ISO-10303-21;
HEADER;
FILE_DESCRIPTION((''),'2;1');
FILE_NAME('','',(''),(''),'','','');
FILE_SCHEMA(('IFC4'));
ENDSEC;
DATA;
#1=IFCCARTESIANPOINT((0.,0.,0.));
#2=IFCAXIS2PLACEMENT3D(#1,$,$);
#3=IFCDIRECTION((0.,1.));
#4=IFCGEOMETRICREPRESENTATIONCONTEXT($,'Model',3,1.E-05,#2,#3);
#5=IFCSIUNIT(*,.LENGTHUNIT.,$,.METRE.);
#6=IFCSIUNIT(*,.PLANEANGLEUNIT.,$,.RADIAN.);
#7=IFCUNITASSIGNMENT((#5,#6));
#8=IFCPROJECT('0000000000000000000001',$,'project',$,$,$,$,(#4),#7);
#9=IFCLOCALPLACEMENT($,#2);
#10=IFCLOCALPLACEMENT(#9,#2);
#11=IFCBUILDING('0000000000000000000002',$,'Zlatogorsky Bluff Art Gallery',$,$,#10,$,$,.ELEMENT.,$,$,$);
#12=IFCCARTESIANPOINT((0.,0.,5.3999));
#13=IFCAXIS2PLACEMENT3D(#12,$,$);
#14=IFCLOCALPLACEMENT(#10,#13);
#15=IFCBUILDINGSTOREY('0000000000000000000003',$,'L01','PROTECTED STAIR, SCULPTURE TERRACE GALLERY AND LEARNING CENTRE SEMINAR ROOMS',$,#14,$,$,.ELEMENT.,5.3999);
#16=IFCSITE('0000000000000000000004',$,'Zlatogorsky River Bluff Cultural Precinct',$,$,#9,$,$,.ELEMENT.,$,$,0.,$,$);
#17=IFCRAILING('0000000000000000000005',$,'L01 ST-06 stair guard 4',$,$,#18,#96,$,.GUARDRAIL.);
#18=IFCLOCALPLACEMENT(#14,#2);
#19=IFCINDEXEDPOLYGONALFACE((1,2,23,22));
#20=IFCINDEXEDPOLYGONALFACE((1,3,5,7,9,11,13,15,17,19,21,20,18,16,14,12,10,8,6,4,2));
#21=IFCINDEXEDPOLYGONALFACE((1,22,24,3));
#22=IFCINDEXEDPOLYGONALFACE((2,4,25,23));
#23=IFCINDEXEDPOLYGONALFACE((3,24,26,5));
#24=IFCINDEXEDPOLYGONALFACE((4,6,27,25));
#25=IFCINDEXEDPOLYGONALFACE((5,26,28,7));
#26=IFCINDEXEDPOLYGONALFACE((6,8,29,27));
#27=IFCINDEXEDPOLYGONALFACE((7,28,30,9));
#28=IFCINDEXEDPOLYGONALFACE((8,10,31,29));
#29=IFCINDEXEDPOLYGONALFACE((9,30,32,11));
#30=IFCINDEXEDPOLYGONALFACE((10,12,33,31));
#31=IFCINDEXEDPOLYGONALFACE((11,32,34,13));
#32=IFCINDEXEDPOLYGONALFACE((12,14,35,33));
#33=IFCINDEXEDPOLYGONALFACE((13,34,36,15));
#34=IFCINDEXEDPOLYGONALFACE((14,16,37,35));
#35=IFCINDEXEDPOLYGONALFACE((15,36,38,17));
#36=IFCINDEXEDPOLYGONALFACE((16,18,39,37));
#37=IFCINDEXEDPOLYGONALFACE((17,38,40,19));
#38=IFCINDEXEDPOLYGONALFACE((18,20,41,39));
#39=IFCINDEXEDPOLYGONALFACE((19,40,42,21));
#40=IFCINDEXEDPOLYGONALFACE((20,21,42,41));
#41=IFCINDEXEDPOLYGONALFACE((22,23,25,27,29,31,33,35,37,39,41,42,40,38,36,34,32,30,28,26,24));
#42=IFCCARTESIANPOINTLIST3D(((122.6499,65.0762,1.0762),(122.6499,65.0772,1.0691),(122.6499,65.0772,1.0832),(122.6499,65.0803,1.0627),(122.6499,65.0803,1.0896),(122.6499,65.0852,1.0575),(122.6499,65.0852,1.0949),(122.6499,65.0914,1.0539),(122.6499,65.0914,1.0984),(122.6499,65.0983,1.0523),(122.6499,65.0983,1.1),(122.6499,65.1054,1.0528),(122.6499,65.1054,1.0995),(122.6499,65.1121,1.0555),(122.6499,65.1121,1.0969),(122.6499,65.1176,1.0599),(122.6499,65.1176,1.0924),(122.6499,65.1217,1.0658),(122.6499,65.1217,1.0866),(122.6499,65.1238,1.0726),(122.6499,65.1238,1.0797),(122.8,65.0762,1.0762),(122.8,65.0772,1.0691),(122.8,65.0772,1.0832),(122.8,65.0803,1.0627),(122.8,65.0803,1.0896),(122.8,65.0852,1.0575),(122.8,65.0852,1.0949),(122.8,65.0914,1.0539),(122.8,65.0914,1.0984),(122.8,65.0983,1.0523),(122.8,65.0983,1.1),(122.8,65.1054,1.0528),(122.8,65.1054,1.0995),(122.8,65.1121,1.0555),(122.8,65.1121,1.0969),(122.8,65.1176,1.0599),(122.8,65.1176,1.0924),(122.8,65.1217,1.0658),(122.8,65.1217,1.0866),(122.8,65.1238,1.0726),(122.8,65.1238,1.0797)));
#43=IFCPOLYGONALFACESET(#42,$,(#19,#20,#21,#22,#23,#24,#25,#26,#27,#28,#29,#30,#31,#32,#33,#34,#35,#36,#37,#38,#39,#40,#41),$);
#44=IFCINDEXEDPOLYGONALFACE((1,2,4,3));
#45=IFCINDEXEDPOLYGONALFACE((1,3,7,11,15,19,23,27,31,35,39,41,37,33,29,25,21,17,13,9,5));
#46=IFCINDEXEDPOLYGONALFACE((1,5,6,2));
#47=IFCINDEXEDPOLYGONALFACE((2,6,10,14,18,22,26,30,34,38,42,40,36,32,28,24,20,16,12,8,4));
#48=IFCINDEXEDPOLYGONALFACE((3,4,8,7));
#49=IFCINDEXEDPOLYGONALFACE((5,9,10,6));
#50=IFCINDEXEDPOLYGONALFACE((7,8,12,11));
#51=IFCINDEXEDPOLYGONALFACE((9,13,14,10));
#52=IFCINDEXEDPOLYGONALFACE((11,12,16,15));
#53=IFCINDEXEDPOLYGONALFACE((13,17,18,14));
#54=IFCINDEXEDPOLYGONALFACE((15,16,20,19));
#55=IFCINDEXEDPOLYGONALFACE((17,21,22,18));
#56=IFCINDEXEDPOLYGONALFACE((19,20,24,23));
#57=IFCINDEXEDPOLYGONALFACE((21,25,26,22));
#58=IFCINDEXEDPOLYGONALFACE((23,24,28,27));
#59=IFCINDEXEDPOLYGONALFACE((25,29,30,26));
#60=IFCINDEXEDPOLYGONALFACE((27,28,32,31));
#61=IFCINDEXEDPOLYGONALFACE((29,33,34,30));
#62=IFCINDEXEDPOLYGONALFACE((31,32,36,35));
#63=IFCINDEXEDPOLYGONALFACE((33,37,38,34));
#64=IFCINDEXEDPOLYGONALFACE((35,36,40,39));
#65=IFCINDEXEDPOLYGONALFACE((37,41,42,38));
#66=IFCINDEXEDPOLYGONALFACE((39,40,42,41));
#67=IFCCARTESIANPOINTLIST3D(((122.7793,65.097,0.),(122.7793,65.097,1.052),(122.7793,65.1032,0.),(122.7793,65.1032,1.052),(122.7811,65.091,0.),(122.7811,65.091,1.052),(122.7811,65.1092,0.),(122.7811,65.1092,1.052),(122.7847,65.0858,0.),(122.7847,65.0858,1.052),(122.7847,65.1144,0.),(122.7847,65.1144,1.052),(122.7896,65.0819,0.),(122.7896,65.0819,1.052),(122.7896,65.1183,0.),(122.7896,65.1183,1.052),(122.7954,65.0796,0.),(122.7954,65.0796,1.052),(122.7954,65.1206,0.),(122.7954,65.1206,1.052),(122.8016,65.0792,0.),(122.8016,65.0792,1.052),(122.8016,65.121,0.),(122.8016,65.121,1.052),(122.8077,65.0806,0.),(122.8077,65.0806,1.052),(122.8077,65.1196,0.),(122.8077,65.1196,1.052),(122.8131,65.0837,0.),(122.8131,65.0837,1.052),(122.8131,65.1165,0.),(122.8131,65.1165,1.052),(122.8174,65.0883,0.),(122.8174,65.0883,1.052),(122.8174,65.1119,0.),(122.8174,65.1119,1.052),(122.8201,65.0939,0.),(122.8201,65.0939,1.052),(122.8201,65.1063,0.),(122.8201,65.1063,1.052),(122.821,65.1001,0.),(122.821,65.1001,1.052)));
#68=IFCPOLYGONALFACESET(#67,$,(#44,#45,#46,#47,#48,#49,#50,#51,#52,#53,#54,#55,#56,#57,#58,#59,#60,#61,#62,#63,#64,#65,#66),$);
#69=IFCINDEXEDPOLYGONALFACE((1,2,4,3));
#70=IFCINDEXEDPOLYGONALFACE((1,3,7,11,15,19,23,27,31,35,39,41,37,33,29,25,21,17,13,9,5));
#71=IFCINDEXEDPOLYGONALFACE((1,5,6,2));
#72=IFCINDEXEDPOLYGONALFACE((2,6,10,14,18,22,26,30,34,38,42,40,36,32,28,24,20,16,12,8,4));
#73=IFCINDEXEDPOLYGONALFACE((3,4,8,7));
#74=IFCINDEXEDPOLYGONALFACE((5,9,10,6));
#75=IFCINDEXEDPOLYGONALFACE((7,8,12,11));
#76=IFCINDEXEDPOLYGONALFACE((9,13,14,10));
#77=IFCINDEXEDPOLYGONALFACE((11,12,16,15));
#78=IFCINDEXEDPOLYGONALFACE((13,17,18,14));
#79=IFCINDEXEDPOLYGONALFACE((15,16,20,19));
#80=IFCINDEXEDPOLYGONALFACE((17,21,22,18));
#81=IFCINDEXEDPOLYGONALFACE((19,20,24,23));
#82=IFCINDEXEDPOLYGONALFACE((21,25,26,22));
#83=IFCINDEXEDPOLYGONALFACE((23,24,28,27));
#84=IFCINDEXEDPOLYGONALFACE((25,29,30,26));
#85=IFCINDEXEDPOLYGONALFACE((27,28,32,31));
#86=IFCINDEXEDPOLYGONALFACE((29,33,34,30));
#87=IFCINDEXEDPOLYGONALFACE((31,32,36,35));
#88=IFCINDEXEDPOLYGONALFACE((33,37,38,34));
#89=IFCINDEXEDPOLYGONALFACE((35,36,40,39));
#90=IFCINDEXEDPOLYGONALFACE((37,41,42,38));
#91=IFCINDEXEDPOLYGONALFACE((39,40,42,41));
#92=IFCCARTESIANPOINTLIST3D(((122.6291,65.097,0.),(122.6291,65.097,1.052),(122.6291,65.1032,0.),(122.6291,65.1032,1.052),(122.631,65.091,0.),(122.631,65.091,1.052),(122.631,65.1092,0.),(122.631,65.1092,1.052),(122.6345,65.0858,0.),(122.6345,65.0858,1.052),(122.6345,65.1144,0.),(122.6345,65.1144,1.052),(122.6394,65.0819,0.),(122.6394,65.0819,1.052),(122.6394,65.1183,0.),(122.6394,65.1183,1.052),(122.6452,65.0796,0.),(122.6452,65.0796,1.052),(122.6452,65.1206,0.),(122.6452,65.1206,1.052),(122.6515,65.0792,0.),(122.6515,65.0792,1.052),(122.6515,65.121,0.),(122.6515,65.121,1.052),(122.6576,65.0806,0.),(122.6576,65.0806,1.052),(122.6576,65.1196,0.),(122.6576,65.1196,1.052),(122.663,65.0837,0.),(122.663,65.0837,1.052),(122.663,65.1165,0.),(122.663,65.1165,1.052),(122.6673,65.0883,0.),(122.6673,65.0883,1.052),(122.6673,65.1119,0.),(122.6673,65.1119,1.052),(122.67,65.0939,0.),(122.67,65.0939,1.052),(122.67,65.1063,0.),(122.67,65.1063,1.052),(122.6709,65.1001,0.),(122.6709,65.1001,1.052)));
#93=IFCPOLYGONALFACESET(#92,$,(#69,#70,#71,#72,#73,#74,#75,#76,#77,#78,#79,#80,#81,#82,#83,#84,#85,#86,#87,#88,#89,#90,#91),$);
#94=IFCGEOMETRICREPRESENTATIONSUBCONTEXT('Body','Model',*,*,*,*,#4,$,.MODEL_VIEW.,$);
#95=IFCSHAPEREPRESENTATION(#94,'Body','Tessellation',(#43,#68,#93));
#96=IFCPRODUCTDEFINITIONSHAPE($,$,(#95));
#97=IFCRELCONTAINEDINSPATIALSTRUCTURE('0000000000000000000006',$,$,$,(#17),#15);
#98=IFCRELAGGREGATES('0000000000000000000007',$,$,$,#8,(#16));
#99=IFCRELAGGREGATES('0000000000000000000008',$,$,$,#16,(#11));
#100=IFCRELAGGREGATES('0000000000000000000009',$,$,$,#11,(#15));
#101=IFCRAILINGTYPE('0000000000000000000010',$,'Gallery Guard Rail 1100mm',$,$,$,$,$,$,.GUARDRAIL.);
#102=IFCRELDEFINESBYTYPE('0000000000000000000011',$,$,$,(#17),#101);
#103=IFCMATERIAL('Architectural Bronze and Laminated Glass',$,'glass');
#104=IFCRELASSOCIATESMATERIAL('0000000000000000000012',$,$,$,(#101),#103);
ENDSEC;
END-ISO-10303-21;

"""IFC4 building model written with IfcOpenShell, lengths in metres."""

from ifc_helpers import new_model, si_unit, direction, frame, origin, origin_2d, place, context, subcontext, project, spatial, circle, extrude, material, type_object, element, save


model = new_model("IFC4")

# Units and contexts
model_context = context("Model", 3, precision=1e-05, world=origin(), true_north=direction((0.0, 1.0)))
body_context = subcontext(model_context, "Body", "Model", "MODEL_VIEW")
ifc_project = project(units=[si_unit("LENGTHUNIT", "METRE"), si_unit("PLANEANGLEUNIT", "RADIAN")], contexts=[model_context])

# Site, building, storey
site_placement = place(None, origin())
site = spatial("IfcSite", under=ifc_project, at=site_placement, Name="Zlatogorsky River Bluff Cultural Precinct", CompositionType="ELEMENT", RefElevation=0.0)
building_placement = place(site_placement, origin())
building = spatial("IfcBuilding", under=site, at=building_placement, Name="Zlatogorsky Bluff Art Gallery", CompositionType="ELEMENT")
storey_placement = place(building_placement, frame((0.0, 0.0, 5.3999)))
storey = spatial("IfcBuildingStorey", under=building, at=storey_placement, Name="L01", Description="PROTECTED STAIR, SCULPTURE TERRACE GALLERY AND LEARNING CENTRE SEMINAR ROOMS", CompositionType="ELEMENT", Elevation=5.3999)

# Railing
ifc_material_1 = material(Name="Architectural Bronze and Laminated Glass", Category="glass")
railing_type_1 = type_object("IfcRailingType", Name="Gallery Guard Rail 1100mm", PredefinedType="GUARDRAIL", material=ifc_material_1)
railing_1_placement = place(storey_placement, frame((122.8, 65.1001, 0.0)))
element("IfcRailing", 1, at=railing_1_placement, inside=storey, type_object=railing_type_1, Name="L01 ST-06 stair guard 4", PredefinedType="GUARDRAIL", context=body_context, shape_type="SweptSolid", body=[
    extrude(circle(Radius=0.0239, at=origin_2d()), frame((0.0, 0.0, 1.0762), z_axis=(-1.0, 0.0, 0.0), x_axis=(0.0, -1.0, 0.0)), (0.0, 0.0, 1.0), 0.1501),
    extrude(circle(Radius=0.021, at=origin_2d()), origin(), (0.0, 0.0, 1.0), 1.052),
    extrude(circle(Radius=0.021, at=origin_2d()), frame((-0.1501, 0.0, 0.0)), (0.0, 0.0, 1.0), 1.052),
])

save(model, "model.ifc")
